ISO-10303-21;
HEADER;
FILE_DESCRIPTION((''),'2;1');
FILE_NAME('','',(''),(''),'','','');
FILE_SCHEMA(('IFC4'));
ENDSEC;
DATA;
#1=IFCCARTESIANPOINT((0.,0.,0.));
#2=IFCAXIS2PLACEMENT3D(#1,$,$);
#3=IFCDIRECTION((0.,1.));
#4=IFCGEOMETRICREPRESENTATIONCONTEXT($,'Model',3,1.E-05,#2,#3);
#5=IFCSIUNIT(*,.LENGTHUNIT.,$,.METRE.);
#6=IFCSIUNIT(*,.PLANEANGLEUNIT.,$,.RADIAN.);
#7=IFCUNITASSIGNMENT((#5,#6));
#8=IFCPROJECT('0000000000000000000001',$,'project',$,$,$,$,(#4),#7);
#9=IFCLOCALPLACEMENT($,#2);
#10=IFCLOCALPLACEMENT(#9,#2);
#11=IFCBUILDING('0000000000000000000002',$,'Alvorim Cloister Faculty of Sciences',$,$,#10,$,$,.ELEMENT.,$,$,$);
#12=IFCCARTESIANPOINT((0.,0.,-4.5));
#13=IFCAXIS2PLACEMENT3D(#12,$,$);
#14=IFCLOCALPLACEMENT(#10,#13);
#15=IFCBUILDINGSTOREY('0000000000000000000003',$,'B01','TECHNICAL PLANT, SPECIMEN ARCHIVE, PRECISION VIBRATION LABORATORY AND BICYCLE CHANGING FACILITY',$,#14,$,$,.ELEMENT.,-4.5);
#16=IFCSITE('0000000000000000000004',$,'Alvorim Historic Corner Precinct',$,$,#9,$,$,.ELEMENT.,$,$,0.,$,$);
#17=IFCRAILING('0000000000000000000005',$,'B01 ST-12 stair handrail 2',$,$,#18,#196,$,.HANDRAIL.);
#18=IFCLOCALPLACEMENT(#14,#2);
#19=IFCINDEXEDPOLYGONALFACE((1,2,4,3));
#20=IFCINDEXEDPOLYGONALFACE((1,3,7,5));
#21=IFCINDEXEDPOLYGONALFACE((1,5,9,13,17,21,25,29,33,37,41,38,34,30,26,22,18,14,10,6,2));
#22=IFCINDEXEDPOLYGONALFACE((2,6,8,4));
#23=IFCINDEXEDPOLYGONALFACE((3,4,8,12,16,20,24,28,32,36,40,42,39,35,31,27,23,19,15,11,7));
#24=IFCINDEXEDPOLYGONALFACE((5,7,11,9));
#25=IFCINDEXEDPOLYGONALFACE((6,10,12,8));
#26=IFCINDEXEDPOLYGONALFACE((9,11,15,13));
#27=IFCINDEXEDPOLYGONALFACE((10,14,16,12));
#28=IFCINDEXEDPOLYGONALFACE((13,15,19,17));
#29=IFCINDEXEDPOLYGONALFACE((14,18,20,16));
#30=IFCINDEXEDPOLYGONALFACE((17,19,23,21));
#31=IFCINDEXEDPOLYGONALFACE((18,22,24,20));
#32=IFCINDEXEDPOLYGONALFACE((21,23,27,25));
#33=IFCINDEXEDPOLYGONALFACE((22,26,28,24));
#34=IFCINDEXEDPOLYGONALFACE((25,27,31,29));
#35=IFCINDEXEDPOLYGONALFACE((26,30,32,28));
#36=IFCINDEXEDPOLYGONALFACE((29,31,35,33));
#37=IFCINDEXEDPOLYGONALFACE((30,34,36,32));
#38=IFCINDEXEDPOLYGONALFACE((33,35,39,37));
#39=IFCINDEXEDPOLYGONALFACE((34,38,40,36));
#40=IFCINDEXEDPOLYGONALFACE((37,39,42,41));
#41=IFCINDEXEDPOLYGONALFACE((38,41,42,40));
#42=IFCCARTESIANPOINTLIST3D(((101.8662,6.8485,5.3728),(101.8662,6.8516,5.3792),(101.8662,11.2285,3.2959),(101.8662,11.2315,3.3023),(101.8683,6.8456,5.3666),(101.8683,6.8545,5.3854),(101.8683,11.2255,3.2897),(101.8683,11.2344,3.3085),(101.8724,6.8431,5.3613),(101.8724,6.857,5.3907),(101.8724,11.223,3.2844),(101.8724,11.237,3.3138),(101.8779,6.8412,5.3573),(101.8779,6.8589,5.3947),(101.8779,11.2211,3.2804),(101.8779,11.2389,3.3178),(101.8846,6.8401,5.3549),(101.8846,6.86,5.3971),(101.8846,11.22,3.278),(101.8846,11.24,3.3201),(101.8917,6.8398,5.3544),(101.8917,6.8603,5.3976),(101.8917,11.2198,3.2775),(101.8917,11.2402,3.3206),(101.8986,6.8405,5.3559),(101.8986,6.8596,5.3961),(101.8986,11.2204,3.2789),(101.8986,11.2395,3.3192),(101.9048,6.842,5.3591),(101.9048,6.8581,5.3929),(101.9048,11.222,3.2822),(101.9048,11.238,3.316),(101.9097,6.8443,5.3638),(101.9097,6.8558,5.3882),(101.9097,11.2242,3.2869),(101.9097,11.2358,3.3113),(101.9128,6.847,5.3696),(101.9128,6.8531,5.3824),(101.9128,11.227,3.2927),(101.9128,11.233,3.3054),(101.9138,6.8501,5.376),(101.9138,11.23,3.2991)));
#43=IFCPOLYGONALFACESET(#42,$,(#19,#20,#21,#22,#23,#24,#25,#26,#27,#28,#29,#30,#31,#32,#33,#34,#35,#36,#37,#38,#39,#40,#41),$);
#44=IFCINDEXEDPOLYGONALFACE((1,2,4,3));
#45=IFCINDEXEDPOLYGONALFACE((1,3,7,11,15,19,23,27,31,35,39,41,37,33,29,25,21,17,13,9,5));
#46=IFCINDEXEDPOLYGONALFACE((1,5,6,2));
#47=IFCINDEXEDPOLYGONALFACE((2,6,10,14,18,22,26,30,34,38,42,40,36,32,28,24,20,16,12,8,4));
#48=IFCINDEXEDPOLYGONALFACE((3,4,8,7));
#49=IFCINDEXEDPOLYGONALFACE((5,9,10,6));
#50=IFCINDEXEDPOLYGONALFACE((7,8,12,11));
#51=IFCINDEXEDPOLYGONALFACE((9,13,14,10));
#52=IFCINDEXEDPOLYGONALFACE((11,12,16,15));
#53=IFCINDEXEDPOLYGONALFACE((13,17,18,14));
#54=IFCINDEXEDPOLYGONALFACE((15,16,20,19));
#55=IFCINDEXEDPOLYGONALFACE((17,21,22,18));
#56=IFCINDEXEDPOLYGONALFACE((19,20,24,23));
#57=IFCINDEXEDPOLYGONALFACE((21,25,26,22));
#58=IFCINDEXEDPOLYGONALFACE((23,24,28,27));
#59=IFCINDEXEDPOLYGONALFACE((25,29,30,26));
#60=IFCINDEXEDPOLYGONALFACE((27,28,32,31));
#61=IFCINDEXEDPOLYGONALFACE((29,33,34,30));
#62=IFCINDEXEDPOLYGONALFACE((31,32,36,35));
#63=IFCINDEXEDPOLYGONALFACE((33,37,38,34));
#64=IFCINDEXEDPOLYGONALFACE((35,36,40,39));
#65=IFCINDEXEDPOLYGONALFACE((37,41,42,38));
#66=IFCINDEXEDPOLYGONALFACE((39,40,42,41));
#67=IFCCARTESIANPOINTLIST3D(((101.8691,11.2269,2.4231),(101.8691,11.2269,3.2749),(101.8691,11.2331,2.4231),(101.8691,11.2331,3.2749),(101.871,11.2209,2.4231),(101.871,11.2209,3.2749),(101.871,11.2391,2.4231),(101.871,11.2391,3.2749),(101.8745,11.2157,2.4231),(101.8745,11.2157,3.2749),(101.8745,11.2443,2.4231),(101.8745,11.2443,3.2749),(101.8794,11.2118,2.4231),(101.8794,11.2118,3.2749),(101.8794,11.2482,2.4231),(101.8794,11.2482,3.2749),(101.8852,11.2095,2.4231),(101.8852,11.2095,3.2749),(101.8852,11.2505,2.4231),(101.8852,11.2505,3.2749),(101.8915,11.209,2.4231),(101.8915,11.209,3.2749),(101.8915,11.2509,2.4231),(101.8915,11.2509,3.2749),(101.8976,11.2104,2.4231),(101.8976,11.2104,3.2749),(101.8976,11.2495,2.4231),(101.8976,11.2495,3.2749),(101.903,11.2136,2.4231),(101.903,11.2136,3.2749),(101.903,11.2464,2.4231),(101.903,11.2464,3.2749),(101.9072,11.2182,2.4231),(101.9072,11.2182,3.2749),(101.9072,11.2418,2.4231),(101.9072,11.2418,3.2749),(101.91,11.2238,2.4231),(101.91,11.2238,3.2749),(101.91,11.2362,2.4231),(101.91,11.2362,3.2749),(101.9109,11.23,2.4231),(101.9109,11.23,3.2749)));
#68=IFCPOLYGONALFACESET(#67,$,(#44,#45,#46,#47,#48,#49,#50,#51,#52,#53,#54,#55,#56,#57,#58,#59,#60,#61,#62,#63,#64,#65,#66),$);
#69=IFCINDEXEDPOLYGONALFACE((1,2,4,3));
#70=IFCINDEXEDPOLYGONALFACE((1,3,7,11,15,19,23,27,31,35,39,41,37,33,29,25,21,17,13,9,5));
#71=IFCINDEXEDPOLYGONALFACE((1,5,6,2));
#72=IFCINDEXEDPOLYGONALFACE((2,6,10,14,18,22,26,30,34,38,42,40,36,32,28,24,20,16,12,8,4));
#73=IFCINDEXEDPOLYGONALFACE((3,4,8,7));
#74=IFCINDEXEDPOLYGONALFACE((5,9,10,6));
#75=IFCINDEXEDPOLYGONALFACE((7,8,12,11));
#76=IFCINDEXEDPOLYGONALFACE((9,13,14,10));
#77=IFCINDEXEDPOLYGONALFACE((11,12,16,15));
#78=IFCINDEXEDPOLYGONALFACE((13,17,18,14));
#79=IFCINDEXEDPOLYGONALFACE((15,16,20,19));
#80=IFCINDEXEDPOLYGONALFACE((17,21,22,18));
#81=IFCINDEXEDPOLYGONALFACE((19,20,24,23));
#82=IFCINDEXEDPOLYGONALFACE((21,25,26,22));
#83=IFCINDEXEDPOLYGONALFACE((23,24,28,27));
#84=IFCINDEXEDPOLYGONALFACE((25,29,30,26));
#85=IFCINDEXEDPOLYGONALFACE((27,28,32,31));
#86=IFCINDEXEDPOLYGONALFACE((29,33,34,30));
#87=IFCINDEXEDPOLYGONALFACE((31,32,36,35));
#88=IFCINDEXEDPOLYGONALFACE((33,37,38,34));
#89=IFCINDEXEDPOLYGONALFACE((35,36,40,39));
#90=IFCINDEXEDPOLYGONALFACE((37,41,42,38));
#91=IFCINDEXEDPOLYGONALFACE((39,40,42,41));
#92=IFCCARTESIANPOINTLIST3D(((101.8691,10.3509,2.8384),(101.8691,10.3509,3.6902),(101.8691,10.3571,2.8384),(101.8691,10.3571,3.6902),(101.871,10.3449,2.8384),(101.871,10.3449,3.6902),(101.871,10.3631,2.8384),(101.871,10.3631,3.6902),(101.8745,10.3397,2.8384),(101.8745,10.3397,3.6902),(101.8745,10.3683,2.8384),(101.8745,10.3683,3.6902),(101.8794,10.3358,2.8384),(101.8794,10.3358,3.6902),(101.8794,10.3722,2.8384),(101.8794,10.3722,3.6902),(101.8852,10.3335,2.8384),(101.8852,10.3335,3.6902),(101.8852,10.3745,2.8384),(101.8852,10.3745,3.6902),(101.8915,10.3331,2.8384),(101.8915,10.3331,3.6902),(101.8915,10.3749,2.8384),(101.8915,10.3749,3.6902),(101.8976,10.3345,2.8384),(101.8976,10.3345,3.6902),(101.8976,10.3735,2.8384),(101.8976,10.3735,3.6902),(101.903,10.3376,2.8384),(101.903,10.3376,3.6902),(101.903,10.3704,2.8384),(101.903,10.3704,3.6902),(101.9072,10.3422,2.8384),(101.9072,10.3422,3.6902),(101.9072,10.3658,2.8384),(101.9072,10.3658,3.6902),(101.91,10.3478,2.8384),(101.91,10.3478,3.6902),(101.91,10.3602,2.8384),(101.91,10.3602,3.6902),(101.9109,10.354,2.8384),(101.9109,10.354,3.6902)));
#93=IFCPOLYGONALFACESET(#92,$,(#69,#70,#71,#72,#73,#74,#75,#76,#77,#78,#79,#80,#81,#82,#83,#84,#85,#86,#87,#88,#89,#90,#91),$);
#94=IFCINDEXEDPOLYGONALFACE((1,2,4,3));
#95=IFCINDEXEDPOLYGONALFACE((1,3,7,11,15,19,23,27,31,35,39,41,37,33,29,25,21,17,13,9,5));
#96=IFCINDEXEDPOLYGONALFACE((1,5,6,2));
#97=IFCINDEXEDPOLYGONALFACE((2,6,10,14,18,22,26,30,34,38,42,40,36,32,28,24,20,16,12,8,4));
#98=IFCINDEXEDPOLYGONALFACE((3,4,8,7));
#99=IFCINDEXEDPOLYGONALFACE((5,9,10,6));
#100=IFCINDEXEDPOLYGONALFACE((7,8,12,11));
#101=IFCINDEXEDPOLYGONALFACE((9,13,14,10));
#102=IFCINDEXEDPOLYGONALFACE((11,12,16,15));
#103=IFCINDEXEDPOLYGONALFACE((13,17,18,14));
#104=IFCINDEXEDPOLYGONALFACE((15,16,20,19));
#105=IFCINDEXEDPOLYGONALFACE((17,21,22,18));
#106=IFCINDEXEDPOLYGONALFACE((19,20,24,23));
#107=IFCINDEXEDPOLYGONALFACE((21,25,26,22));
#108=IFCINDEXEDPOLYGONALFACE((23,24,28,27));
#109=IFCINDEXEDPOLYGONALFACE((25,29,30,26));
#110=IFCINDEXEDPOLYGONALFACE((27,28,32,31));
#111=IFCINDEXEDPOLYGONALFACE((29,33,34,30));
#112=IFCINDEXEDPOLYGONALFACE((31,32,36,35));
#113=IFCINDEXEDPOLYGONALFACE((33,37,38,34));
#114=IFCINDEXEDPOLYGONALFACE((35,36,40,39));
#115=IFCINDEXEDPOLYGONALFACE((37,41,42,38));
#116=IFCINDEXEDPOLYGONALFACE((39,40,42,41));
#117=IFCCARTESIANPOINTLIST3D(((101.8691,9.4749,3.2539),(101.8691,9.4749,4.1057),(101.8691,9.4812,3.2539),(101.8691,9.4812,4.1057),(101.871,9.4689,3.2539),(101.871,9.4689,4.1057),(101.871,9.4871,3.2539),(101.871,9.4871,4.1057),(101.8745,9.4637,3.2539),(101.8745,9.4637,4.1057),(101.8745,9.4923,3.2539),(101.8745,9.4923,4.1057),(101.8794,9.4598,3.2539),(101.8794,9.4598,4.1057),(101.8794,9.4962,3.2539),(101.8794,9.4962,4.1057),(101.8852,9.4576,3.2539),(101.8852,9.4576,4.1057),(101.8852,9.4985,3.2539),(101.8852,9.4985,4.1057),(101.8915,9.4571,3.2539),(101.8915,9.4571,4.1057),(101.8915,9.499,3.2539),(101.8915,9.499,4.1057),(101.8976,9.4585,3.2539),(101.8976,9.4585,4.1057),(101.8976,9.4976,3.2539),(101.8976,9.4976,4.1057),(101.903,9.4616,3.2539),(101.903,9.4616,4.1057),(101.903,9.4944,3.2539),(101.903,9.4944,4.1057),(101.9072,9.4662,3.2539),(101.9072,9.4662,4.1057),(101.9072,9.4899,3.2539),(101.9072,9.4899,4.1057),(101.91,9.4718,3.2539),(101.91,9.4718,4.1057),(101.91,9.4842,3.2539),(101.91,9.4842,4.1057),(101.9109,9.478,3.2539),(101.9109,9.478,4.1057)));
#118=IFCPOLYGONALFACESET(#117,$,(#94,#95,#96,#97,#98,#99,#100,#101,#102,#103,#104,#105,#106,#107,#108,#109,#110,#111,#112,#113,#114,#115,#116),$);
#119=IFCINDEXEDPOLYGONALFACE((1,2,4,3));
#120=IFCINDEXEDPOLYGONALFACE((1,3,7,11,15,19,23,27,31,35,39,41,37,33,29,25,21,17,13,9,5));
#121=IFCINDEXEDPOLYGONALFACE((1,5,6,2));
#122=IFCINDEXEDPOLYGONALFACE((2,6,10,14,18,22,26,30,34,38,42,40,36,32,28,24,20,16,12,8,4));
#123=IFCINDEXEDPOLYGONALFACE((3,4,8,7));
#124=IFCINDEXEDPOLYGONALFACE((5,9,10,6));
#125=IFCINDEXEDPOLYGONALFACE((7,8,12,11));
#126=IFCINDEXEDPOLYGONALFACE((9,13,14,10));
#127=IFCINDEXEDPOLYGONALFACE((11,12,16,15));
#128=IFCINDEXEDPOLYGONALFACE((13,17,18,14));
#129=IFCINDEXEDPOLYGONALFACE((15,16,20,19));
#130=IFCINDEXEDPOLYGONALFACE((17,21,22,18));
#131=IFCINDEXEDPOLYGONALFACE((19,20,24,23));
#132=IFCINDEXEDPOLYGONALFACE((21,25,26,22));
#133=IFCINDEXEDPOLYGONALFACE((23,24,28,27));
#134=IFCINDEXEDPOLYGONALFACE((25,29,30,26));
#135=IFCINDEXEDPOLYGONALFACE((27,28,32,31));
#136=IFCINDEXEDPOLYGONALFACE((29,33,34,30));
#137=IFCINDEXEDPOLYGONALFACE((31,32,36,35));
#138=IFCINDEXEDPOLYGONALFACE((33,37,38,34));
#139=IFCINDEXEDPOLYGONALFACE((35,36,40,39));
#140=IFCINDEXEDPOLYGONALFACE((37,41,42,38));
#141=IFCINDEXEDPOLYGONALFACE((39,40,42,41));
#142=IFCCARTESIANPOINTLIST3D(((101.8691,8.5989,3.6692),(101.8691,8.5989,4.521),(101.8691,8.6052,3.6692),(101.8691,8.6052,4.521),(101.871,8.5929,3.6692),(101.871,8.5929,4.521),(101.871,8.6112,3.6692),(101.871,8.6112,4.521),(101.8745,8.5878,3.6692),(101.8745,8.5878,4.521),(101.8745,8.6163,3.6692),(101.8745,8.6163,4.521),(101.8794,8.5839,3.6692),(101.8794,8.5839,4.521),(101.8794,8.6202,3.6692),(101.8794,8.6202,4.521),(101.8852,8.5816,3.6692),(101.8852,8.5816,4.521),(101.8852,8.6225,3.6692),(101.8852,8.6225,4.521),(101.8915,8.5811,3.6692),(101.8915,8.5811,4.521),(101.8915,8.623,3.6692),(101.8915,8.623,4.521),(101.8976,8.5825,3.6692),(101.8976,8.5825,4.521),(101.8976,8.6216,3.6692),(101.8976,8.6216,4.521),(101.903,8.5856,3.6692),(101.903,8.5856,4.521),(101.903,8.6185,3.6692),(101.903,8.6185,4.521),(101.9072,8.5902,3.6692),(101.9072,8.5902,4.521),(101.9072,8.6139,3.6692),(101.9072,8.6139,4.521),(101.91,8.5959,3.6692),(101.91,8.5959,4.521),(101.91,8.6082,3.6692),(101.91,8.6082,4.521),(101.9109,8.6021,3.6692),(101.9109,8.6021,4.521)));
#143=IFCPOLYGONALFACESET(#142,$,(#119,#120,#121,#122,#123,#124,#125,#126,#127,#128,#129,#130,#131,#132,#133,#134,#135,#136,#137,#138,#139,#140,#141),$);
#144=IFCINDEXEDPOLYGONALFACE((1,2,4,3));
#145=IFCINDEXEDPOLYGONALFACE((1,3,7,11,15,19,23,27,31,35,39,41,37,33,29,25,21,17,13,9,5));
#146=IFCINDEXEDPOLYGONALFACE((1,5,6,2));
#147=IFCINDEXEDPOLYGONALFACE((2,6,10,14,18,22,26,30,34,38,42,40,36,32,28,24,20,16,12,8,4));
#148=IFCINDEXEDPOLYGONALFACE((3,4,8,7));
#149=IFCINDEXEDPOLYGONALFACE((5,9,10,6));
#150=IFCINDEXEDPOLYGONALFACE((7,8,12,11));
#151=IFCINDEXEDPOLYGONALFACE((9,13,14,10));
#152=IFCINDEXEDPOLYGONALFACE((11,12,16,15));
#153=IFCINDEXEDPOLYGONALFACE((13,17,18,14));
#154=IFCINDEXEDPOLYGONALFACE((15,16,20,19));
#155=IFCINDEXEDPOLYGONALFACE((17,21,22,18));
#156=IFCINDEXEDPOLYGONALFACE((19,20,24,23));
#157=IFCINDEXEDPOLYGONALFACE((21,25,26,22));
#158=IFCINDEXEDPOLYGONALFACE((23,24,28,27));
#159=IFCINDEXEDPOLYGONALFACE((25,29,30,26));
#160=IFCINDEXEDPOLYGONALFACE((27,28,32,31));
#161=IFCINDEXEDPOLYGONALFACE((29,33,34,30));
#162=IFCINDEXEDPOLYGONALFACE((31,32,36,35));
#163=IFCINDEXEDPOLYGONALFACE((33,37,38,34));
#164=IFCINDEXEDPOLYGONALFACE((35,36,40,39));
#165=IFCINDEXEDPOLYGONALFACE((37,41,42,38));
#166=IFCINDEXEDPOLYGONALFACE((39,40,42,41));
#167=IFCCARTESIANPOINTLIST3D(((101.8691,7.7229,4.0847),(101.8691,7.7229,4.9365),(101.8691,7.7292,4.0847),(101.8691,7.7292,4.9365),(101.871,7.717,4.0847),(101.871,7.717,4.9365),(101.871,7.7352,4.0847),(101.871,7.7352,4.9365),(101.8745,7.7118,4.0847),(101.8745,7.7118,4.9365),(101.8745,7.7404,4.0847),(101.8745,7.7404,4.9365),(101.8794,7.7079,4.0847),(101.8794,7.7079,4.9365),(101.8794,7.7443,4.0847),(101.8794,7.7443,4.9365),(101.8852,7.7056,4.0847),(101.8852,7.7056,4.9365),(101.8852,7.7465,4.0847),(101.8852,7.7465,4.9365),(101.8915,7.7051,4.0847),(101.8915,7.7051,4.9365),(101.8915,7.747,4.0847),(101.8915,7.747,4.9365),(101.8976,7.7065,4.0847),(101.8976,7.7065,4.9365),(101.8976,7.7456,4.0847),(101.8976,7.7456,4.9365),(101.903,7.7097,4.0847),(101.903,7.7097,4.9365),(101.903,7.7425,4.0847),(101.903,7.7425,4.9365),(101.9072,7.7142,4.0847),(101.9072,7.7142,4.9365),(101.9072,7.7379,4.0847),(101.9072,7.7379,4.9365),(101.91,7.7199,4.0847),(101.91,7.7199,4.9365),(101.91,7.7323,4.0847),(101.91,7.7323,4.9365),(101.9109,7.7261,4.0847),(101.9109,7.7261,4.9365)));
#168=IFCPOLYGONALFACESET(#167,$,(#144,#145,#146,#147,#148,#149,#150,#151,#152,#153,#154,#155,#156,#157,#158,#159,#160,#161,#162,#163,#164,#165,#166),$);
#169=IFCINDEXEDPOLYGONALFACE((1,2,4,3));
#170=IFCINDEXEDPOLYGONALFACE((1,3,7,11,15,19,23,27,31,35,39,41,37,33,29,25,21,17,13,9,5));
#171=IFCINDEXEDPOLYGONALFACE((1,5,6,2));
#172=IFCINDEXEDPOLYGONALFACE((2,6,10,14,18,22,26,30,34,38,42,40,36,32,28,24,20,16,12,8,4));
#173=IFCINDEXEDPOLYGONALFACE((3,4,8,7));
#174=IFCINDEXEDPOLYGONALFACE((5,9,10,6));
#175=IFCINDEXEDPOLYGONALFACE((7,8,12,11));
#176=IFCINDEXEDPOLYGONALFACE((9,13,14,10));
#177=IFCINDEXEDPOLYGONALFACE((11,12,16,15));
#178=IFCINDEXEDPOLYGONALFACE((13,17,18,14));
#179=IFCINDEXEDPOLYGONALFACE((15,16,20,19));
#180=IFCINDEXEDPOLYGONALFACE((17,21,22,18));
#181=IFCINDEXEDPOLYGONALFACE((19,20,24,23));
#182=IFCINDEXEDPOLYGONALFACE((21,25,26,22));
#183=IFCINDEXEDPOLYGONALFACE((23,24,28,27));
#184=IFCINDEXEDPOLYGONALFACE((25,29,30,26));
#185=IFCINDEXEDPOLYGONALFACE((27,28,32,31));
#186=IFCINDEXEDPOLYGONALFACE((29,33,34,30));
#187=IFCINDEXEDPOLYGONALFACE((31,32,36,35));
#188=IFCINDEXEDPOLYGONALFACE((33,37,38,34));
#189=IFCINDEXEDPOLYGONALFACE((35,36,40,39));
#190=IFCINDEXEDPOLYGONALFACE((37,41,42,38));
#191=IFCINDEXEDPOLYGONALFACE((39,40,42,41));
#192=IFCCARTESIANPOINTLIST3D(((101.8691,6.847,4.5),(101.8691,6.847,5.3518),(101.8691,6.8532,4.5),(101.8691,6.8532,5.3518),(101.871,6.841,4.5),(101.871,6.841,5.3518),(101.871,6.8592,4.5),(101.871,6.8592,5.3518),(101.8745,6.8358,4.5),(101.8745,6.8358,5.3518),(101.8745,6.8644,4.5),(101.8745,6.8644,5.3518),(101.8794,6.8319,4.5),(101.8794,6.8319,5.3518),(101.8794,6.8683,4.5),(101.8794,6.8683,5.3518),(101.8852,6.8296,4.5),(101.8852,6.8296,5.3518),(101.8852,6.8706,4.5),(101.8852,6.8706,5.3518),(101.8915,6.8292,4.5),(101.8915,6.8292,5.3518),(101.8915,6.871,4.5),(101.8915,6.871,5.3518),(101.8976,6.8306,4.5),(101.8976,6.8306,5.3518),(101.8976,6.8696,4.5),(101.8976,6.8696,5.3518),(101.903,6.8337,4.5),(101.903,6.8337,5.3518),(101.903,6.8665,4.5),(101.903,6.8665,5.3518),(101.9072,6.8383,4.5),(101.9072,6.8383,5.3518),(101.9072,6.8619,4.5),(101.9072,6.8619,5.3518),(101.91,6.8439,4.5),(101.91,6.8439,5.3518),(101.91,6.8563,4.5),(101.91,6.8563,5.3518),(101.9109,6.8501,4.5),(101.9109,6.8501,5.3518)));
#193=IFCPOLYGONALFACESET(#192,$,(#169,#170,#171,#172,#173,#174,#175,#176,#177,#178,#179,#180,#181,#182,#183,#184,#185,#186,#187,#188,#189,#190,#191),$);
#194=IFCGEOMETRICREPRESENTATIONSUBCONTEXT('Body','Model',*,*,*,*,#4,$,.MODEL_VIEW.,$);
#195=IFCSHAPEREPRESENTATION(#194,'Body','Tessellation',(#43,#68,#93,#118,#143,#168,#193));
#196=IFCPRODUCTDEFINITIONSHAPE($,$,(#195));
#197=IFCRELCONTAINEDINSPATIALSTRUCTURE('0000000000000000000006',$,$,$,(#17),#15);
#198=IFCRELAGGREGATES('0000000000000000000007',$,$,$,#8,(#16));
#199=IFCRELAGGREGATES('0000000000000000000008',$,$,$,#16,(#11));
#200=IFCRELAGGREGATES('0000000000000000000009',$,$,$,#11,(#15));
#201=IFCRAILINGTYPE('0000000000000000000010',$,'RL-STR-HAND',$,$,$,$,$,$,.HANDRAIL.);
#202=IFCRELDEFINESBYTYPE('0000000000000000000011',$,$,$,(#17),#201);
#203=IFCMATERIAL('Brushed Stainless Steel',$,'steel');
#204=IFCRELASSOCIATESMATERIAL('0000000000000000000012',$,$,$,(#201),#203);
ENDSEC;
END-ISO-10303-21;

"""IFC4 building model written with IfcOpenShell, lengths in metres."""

from ifc_helpers import new_model, si_unit, direction, frame, origin, origin_2d, place, context, subcontext, project, spatial, circle, extrude, material, type_object, element, save


model = new_model("IFC4")

# Units and contexts
model_context = context("Model", 3, precision=1e-05, world=origin(), true_north=direction((0.0, 1.0)))
body_context = subcontext(model_context, "Body", "Model", "MODEL_VIEW")
ifc_project = project(units=[si_unit("LENGTHUNIT", "METRE"), si_unit("PLANEANGLEUNIT", "RADIAN")], contexts=[model_context])

# Site, building, storey
site_placement = place(None, origin())
site = spatial("IfcSite", under=ifc_project, at=site_placement, Name="Alvorim Historic Corner Precinct", CompositionType="ELEMENT", RefElevation=0.0)
building_placement = place(site_placement, origin())
building = spatial("IfcBuilding", under=site, at=building_placement, Name="Alvorim Cloister Faculty of Sciences", CompositionType="ELEMENT")
storey_placement = place(building_placement, frame((0.0, 0.0, -4.5)))
storey = spatial("IfcBuildingStorey", under=building, at=storey_placement, Name="B01", Description="TECHNICAL PLANT, SPECIMEN ARCHIVE, PRECISION VIBRATION LABORATORY AND BICYCLE CHANGING FACILITY", CompositionType="ELEMENT", Elevation=-4.5)

# Railing
ifc_material_1 = material(Name="Brushed Stainless Steel", Category="steel")
railing_type_1 = type_object("IfcRailingType", Name="RL-STR-HAND", PredefinedType="HANDRAIL", material=ifc_material_1)
railing_1_placement = place(storey_placement, frame((101.8899, 11.23, 2.4231)))
element("IfcRailing", 1, at=railing_1_placement, inside=storey, type_object=railing_type_1, Name="B01 ST-12 stair handrail 2", PredefinedType="HANDRAIL", context=body_context, shape_type="SweptSolid", body=[
    extrude(circle(Radius=0.0239, at=origin_2d()), frame((0.0, 0.0, 0.876), z_axis=(0.0, -0.90356, 0.428461), x_axis=(1.0, 0.0, 0.0)), (0.0, 0.0, 1.0), 4.8474),
    extrude(circle(Radius=0.021, at=origin_2d()), origin(), (0.0, 0.0, 1.0), 0.8518),
    extrude(circle(Radius=0.021, at=origin_2d()), frame((0.0, -0.876, 0.4153)), (0.0, 0.0, 1.0), 0.8518),
    extrude(circle(Radius=0.021, at=origin_2d()), frame((0.0, -1.752, 0.8308)), (0.0, 0.0, 1.0), 0.8518),
    extrude(circle(Radius=0.021, at=origin_2d()), frame((0.0, -2.6279, 1.2461)), (0.0, 0.0, 1.0), 0.8518),
    extrude(circle(Radius=0.021, at=origin_2d()), frame((0.0, -3.5039, 1.6616)), (0.0, 0.0, 1.0), 0.8518),
    extrude(circle(Radius=0.021, at=origin_2d()), frame((0.0, -4.3799, 2.0769)), (0.0, 0.0, 1.0), 0.8518),
])

save(model, "model.ifc")
